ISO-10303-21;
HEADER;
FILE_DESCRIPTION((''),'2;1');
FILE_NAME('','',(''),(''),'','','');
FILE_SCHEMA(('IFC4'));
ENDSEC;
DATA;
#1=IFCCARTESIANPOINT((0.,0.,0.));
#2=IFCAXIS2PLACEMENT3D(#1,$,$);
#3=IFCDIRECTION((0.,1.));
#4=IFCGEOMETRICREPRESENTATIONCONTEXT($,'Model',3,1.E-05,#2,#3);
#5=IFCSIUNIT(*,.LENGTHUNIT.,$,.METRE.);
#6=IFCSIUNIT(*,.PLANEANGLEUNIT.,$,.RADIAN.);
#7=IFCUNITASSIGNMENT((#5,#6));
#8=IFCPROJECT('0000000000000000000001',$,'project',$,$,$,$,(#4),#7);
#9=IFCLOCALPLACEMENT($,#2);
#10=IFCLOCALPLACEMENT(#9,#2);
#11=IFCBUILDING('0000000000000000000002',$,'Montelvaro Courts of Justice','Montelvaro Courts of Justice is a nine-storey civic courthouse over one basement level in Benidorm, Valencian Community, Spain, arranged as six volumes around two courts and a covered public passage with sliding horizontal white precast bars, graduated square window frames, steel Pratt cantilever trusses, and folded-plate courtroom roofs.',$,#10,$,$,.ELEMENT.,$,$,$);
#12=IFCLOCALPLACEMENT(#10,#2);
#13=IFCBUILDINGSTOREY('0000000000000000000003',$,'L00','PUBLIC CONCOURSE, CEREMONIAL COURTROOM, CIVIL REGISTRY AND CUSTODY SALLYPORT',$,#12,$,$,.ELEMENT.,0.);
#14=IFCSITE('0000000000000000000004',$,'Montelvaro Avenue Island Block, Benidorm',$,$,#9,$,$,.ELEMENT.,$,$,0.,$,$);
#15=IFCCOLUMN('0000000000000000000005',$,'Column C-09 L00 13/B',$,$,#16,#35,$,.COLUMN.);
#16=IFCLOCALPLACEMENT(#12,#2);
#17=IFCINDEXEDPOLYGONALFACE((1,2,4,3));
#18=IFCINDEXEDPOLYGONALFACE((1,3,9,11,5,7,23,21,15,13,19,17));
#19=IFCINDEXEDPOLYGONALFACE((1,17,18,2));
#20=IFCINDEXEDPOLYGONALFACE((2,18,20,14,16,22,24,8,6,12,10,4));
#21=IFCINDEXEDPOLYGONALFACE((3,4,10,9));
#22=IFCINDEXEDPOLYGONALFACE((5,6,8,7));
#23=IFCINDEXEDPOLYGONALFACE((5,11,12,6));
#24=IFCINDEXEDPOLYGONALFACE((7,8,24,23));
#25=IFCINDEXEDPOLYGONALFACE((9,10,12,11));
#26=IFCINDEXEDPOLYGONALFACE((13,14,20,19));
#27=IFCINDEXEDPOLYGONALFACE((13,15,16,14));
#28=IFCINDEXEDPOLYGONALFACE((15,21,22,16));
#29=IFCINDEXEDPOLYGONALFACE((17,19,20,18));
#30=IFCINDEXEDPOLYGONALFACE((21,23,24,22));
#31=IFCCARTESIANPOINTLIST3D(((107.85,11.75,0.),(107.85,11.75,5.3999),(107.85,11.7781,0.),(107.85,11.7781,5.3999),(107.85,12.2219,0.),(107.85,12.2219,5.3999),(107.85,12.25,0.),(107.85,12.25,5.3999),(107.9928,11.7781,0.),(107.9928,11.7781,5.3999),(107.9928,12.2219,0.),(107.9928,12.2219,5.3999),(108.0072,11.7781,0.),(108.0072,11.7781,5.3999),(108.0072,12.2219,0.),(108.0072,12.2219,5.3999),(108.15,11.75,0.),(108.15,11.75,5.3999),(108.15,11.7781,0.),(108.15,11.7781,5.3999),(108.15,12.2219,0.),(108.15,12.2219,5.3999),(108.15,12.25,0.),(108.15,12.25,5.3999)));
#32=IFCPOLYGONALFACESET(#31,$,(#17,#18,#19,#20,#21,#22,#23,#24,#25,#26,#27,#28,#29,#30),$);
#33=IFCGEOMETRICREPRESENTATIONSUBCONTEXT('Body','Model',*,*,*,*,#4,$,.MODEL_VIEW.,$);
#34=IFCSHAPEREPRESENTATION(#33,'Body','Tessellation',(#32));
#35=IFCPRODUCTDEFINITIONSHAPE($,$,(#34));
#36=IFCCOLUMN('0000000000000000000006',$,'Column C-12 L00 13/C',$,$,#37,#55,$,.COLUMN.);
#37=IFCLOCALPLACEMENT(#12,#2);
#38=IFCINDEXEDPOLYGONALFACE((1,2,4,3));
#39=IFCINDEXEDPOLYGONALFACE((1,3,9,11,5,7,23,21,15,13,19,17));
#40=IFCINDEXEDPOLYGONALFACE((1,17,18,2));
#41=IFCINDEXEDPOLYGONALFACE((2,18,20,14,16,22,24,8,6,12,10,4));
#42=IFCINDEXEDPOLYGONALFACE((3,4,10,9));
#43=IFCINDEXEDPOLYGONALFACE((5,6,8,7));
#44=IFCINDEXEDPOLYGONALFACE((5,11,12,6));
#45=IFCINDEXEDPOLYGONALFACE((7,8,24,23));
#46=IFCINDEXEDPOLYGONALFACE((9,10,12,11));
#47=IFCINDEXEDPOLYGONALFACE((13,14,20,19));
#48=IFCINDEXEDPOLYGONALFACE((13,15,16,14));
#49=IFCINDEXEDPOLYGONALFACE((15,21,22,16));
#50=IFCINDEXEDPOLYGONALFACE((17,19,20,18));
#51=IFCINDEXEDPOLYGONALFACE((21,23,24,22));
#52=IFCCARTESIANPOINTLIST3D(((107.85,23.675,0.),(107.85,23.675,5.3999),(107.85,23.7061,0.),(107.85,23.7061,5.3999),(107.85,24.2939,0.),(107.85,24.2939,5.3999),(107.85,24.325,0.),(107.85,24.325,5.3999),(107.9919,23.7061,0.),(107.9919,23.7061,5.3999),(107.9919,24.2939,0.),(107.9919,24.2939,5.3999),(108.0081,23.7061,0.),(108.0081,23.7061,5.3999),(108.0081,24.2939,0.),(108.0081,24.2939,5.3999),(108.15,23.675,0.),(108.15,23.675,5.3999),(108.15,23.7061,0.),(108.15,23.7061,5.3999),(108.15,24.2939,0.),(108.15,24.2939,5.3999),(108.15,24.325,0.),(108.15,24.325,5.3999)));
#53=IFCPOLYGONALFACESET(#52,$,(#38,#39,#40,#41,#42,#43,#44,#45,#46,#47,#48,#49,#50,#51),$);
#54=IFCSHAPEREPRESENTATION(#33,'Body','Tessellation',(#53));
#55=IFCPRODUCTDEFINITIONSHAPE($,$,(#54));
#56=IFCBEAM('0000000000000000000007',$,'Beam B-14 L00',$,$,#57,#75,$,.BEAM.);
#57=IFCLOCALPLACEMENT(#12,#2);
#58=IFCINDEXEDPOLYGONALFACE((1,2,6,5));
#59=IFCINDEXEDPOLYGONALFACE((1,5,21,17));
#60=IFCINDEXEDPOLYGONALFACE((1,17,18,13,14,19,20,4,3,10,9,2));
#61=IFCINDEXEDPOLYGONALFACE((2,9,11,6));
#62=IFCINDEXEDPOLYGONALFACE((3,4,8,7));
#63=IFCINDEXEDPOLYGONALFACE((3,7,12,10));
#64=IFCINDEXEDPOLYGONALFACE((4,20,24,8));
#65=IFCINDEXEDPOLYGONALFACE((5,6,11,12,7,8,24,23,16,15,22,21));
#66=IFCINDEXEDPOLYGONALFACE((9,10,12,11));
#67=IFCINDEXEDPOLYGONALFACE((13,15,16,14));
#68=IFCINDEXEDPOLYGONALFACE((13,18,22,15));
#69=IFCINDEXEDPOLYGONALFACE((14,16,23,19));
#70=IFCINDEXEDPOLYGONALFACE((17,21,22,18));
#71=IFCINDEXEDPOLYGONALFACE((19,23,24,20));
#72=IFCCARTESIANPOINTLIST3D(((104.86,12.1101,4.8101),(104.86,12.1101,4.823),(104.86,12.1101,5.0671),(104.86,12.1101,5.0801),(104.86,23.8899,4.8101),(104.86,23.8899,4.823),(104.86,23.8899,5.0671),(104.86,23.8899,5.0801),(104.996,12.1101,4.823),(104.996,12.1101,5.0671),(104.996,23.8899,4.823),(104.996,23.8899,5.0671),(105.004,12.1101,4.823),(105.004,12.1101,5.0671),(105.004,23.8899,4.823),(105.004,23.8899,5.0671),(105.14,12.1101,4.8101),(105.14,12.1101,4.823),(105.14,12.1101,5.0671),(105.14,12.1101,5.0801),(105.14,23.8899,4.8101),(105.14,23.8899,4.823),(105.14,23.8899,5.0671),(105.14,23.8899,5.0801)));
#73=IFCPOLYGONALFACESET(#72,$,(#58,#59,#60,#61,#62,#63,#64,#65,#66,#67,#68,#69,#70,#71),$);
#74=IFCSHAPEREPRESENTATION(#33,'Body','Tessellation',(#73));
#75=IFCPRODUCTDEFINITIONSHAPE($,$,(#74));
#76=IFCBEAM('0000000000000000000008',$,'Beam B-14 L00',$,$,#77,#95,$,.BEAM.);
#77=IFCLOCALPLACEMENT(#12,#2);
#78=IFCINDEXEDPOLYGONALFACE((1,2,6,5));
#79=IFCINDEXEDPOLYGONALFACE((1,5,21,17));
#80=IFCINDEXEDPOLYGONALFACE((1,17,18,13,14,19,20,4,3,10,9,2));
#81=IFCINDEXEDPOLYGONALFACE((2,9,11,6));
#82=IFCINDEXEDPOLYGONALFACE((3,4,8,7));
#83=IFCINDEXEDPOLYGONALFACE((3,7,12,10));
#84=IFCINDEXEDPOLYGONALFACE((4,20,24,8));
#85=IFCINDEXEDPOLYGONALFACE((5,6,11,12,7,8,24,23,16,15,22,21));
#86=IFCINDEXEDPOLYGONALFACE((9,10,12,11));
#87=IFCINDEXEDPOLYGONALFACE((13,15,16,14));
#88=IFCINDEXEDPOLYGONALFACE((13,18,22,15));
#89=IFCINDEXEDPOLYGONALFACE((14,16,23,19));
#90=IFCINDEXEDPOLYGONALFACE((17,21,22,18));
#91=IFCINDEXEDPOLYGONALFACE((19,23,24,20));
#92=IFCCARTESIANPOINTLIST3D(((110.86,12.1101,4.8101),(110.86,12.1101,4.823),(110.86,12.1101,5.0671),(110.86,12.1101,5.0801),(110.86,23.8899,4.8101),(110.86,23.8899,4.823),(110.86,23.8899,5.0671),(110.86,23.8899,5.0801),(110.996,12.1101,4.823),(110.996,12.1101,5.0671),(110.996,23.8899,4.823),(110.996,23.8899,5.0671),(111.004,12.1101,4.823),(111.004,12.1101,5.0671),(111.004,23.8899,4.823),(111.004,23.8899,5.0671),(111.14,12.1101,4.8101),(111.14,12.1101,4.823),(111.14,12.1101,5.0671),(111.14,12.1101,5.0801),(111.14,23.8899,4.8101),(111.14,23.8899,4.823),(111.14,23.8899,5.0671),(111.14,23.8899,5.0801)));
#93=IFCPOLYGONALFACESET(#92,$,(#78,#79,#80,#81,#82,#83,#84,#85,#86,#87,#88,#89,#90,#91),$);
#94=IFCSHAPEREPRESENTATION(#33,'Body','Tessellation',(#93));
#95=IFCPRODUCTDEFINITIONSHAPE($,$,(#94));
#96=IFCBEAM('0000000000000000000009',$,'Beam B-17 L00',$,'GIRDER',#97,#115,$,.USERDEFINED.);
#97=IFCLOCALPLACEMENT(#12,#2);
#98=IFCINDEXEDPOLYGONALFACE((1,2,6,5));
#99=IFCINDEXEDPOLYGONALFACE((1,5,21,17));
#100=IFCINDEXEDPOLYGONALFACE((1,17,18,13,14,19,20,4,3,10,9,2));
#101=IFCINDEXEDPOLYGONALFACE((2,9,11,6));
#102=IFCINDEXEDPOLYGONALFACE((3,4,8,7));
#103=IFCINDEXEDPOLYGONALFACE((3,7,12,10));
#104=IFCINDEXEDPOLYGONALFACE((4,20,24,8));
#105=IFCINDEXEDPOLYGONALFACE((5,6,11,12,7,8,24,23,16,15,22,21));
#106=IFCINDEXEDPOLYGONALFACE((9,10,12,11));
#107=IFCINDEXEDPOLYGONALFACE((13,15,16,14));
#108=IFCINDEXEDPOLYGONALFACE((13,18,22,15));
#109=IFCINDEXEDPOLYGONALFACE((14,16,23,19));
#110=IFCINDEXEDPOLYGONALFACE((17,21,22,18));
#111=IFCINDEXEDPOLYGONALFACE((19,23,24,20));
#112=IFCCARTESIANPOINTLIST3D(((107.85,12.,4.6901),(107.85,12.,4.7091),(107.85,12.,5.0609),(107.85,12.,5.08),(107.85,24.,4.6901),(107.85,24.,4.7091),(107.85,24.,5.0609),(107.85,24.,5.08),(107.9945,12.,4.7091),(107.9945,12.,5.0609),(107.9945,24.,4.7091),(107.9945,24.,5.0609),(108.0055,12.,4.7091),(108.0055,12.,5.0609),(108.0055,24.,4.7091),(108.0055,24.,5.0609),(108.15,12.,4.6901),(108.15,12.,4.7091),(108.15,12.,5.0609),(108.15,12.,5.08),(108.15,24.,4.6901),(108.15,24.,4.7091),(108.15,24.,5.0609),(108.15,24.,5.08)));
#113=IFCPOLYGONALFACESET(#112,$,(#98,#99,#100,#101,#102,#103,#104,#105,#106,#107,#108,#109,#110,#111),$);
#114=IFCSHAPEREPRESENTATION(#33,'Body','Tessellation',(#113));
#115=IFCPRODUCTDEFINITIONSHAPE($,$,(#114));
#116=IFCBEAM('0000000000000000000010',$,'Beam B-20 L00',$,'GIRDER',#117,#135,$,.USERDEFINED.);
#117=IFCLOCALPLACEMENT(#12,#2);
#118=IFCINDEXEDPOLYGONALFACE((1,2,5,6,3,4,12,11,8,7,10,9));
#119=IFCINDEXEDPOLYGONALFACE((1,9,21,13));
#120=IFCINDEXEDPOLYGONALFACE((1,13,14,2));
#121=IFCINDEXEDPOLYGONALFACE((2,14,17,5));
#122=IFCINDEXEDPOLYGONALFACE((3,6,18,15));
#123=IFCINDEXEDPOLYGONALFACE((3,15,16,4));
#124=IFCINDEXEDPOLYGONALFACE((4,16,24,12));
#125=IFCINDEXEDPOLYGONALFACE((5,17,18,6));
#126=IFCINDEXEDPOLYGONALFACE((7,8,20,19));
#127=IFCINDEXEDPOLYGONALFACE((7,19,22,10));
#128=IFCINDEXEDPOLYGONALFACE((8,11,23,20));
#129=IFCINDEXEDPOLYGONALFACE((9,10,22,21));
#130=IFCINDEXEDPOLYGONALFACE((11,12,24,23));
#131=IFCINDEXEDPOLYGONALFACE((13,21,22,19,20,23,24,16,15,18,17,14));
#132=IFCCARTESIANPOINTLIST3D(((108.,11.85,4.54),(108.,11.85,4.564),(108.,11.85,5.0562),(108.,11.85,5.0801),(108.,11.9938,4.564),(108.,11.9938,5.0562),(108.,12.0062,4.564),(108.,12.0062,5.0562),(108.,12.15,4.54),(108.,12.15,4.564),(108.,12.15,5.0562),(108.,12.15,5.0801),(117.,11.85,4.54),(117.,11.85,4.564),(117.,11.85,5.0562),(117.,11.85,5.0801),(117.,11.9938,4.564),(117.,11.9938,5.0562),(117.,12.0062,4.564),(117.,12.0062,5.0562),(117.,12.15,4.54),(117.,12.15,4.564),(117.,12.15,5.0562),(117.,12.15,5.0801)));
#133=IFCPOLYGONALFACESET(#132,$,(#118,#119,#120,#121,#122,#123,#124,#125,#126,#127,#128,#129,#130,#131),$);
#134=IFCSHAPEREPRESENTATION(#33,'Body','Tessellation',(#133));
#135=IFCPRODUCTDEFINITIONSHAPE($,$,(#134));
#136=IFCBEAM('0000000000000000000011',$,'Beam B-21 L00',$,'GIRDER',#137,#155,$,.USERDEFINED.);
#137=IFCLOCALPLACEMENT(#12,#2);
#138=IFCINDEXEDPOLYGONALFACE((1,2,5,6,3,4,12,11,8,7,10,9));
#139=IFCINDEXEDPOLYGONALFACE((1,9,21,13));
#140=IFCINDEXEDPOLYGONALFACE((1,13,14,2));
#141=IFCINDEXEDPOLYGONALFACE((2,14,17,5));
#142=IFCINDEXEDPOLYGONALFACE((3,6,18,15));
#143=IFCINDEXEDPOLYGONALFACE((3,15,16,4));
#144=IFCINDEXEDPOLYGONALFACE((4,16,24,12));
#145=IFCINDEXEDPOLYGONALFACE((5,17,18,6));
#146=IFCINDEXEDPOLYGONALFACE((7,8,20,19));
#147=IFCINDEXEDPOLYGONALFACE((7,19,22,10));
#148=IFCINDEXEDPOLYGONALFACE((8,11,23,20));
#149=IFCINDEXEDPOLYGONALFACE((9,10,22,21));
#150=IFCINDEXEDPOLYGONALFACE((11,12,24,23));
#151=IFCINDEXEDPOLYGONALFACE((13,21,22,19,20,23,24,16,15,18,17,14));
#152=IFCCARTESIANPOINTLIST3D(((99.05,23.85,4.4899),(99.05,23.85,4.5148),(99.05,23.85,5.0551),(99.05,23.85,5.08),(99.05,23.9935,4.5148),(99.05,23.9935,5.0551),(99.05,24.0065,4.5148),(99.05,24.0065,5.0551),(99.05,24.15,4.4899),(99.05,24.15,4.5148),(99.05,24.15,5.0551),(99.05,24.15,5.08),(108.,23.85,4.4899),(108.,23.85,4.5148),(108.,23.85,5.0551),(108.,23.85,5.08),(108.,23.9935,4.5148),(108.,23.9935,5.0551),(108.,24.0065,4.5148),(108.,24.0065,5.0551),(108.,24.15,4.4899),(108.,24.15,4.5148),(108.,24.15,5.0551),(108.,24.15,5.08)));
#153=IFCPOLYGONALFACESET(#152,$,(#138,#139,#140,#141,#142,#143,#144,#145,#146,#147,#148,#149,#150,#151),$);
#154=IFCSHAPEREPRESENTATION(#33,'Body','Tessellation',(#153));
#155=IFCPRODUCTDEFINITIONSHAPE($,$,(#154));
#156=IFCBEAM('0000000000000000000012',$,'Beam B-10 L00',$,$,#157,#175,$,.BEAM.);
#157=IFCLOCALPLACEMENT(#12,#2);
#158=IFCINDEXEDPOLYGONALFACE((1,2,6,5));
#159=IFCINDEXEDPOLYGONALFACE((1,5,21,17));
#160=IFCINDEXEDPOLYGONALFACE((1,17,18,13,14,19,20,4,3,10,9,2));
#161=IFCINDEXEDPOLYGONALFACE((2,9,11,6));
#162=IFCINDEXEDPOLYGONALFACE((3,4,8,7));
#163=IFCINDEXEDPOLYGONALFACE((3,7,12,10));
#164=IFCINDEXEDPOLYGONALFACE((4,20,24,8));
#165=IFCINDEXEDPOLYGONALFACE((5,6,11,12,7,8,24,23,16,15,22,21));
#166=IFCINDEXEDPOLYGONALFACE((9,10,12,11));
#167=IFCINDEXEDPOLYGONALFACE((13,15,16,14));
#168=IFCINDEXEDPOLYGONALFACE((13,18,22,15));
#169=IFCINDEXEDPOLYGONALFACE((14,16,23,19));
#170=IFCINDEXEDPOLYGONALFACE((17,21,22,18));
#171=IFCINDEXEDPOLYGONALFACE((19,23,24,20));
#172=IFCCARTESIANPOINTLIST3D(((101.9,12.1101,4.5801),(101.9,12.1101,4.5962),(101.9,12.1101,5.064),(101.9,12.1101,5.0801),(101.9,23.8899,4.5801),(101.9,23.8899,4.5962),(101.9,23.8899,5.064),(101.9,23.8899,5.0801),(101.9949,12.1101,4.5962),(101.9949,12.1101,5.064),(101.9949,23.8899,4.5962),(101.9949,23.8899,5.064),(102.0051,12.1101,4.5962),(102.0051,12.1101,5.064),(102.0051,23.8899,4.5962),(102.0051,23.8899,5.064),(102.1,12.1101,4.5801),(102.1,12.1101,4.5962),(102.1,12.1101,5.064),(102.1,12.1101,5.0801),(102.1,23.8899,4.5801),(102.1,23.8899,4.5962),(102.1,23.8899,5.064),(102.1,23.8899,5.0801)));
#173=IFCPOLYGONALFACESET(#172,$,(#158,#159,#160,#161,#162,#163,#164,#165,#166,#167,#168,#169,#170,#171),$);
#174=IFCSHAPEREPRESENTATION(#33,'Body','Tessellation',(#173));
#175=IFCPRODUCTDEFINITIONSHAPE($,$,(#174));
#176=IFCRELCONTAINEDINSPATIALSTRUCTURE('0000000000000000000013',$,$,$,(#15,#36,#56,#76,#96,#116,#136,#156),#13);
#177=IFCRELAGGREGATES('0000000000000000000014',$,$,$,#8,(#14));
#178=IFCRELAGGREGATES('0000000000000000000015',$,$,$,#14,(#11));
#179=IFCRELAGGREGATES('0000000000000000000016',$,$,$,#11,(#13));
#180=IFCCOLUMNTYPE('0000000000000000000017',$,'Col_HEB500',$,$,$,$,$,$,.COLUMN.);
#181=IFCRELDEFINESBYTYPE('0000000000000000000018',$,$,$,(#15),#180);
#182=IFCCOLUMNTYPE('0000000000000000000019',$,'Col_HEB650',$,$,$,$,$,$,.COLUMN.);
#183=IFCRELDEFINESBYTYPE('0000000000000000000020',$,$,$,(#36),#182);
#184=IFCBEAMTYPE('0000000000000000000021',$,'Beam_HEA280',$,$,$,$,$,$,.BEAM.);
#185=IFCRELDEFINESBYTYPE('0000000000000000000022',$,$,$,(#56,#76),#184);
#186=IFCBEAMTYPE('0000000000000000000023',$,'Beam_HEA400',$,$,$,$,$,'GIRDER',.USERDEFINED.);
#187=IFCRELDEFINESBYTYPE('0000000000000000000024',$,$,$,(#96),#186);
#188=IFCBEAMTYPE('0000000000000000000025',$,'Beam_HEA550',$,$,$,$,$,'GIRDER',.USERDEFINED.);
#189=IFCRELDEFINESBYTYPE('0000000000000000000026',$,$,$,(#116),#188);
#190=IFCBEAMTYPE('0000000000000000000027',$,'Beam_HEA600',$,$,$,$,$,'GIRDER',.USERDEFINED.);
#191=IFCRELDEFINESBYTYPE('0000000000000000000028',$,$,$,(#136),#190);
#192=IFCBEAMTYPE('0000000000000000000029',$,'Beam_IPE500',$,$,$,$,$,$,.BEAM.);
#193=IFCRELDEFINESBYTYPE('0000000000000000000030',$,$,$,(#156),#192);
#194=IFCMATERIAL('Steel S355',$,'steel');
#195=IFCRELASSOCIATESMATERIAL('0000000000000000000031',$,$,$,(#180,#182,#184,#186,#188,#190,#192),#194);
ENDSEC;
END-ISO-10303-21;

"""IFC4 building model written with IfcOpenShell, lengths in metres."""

from ifc_helpers import new_model, si_unit, direction, frame, origin, origin_2d, place, context, subcontext, project, spatial, i_section, extrude, material, material_profile, profile_set, type_object, element, save


model = new_model("IFC4")

# Units and contexts
model_context = context("Model", 3, precision=1e-05, world=origin(), true_north=direction((0.0, 1.0)))
body_context = subcontext(model_context, "Body", "Model", "MODEL_VIEW")
ifc_project = project(units=[si_unit("LENGTHUNIT", "METRE"), si_unit("PLANEANGLEUNIT", "RADIAN")], contexts=[model_context])

# Site, building, storey
site_placement = place(None, origin())
site = spatial("IfcSite", under=ifc_project, at=site_placement, Name="Montelvaro Avenue Island Block, Benidorm", CompositionType="ELEMENT", RefElevation=0.0)
building_placement = place(site_placement, origin())
building = spatial("IfcBuilding", under=site, at=building_placement, Name="Montelvaro Courts of Justice", Description="Montelvaro Courts of Justice is a nine-storey civic courthouse over one basement level in Benidorm, Valencian Community, Spain, arranged as six volumes around two courts and a covered public passage with sliding horizontal white precast bars, graduated square window frames, steel Pratt cantilever trusses, and folded-plate courtroom roofs.", CompositionType="ELEMENT")
storey_placement = place(building_placement, origin())
storey = spatial("IfcBuildingStorey", under=building, at=storey_placement, Name="L00", Description="PUBLIC CONCOURSE, CEREMONIAL COURTROOM, CIVIL REGISTRY AND CUSTODY SALLYPORT", CompositionType="ELEMENT", Elevation=0.0)

# Columns
ifc_material_1 = material(Name="Steel S355", Category="steel")
ifc_material_profile_1 = material_profile(ifc_material_1, i_section(OverallWidth=0.3, OverallDepth=0.5, WebThickness=0.0144, FlangeThickness=0.0281, at=origin_2d()), Name="HEB 500")
ifc_profile_set_1 = profile_set([ifc_material_profile_1], Name="Steel S355")
column_type_1 = type_object("IfcColumnType", Name="Col_HEB500", PredefinedType="COLUMN", material=ifc_profile_set_1)
column_1_placement = place(storey_placement, frame((108.0, 12.0, 0.0), z_axis=(0.0, 0.0, 1.0), x_axis=(1.0, 0.0, 0.0)))
element("IfcColumn", 1, at=column_1_placement, inside=storey, type_object=column_type_1, Name="Column C-09 L00 13/B", PredefinedType="COLUMN", context=body_context, shape_type="SweptSolid", body=[
    extrude(i_section(OverallWidth=0.3, OverallDepth=0.5, WebThickness=0.0144, FlangeThickness=0.0281, at=origin_2d()), origin(), (0.0, 0.0, 1.0), 5.3999),
])
ifc_material_profile_2 = material_profile(ifc_material_1, i_section(OverallWidth=0.3, OverallDepth=0.6499, WebThickness=0.0161, FlangeThickness=0.031, at=origin_2d()), Name="HEB 650")
ifc_profile_set_2 = profile_set([ifc_material_profile_2], Name="Steel S355")
column_type_2 = type_object("IfcColumnType", Name="Col_HEB650", PredefinedType="COLUMN", material=ifc_profile_set_2)
column_2_placement = place(storey_placement, frame((108.0, 24.0, 0.0), z_axis=(0.0, 0.0, 1.0), x_axis=(1.0, 0.0, 0.0)))
element("IfcColumn", 2, at=column_2_placement, inside=storey, type_object=column_type_2, Name="Column C-12 L00 13/C", PredefinedType="COLUMN", context=body_context, shape_type="SweptSolid", body=[
    extrude(i_section(OverallWidth=0.3, OverallDepth=0.6499, WebThickness=0.0161, FlangeThickness=0.031, at=origin_2d()), origin(), (0.0, 0.0, 1.0), 5.3999),
])

# Beams
ifc_material_profile_3 = material_profile(ifc_material_1, i_section(OverallWidth=0.28, OverallDepth=0.27, WebThickness=0.0081, FlangeThickness=0.0129, at=origin_2d()), Name="HEA 280")
ifc_profile_set_3 = profile_set([ifc_material_profile_3], Name="Steel S355")
beam_type_1 = type_object("IfcBeamType", Name="Beam_HEA280", PredefinedType="BEAM", material=ifc_profile_set_3)
for number, where, z_axis, x_axis, name in (
    (3, (105.0, 12.1101, 4.9451), (0.0, 1.0, 0.0), (-1.0, 0.0, 0.0), "Beam B-14 L00"),
    (4, (111.0, 12.1101, 4.9451), (0.0, 1.0, 0.0), (-1.0, 0.0, 0.0), "Beam B-14 L00"),
):
    element("IfcBeam", number, at=place(storey_placement, frame(where, z_axis=z_axis, x_axis=x_axis)), inside=storey, type_object=beam_type_1, Name=name, PredefinedType="BEAM", context=body_context, shape_type="SweptSolid", body=[
        extrude(i_section(OverallWidth=0.28, OverallDepth=0.27, WebThickness=0.0081, FlangeThickness=0.0129, at=origin_2d()), origin(), (0.0, 0.0, 1.0), 11.7798),
    ])
ifc_material_profile_4 = material_profile(ifc_material_1, i_section(OverallWidth=0.3, OverallDepth=0.3899, WebThickness=0.011, FlangeThickness=0.019, at=origin_2d()), Name="HEA 400")
ifc_profile_set_4 = profile_set([ifc_material_profile_4], Name="Steel S355")
beam_type_2 = type_object("IfcBeamType", Name="Beam_HEA400", ElementType="GIRDER", PredefinedType="USERDEFINED", material=ifc_profile_set_4)
beam_1_placement = place(storey_placement, frame((108.0, 12.0, 4.885), z_axis=(0.0, 1.0, 0.0), x_axis=(-1.0, 0.0, 0.0)))
element("IfcBeam", 5, at=beam_1_placement, inside=storey, type_object=beam_type_2, Name="Beam B-17 L00", ObjectType="GIRDER", PredefinedType="USERDEFINED", context=body_context, shape_type="SweptSolid", body=[
    extrude(i_section(OverallWidth=0.3, OverallDepth=0.3899, WebThickness=0.011, FlangeThickness=0.019, at=origin_2d()), origin(), (0.0, 0.0, 1.0), 12.0),
])
ifc_material_profile_5 = material_profile(ifc_material_1, i_section(OverallWidth=0.3, OverallDepth=0.54, WebThickness=0.0125, FlangeThickness=0.0239, at=origin_2d()), Name="HEA 550")
ifc_profile_set_5 = profile_set([ifc_material_profile_5], Name="Steel S355")
beam_type_3 = type_object("IfcBeamType", Name="Beam_HEA550", ElementType="GIRDER", PredefinedType="USERDEFINED", material=ifc_profile_set_5)
beam_2_placement = place(storey_placement, frame((108.0, 12.0, 4.8101), z_axis=(1.0, 0.0, 0.0), x_axis=(0.0, 1.0, 0.0)))
element("IfcBeam", 6, at=beam_2_placement, inside=storey, type_object=beam_type_3, Name="Beam B-20 L00", ObjectType="GIRDER", PredefinedType="USERDEFINED", context=body_context, shape_type="SweptSolid", body=[
    extrude(i_section(OverallWidth=0.3, OverallDepth=0.54, WebThickness=0.0125, FlangeThickness=0.0239, at=origin_2d()), origin(), (0.0, 0.0, 1.0), 9.0),
])
ifc_material_profile_6 = material_profile(ifc_material_1, i_section(OverallWidth=0.3, OverallDepth=0.5901, WebThickness=0.0129, FlangeThickness=0.0249, at=origin_2d()), Name="HEA 600")
ifc_profile_set_6 = profile_set([ifc_material_profile_6], Name="Steel S355")
beam_type_4 = type_object("IfcBeamType", Name="Beam_HEA600", ElementType="GIRDER", PredefinedType="USERDEFINED", material=ifc_profile_set_6)
beam_3_placement = place(storey_placement, frame((99.05, 24.0, 4.7849), z_axis=(1.0, 0.0, 0.0), x_axis=(0.0, 1.0, 0.0)))
element("IfcBeam", 7, at=beam_3_placement, inside=storey, type_object=beam_type_4, Name="Beam B-21 L00", ObjectType="GIRDER", PredefinedType="USERDEFINED", context=body_context, shape_type="SweptSolid", body=[
    extrude(i_section(OverallWidth=0.3, OverallDepth=0.5901, WebThickness=0.0129, FlangeThickness=0.0249, at=origin_2d()), origin(), (0.0, 0.0, 1.0), 8.95),
])
ifc_material_profile_7 = material_profile(ifc_material_1, i_section(OverallWidth=0.2, OverallDepth=0.5, WebThickness=0.0103, FlangeThickness=0.0161, at=origin_2d()), Name="IPE 500")
ifc_profile_set_7 = profile_set([ifc_material_profile_7], Name="Steel S355")
beam_type_5 = type_object("IfcBeamType", Name="Beam_IPE500", PredefinedType="BEAM", material=ifc_profile_set_7)
beam_4_placement = place(storey_placement, frame((102.0, 12.1101, 4.8301), z_axis=(0.0, 1.0, 0.0), x_axis=(-1.0, 0.0, 0.0)))
element("IfcBeam", 8, at=beam_4_placement, inside=storey, type_object=beam_type_5, Name="Beam B-10 L00", PredefinedType="BEAM", context=body_context, shape_type="SweptSolid", body=[
    extrude(i_section(OverallWidth=0.2, OverallDepth=0.5, WebThickness=0.0103, FlangeThickness=0.0161, at=origin_2d()), origin(), (0.0, 0.0, 1.0), 11.7798),
])

save(model, "model.ifc")
